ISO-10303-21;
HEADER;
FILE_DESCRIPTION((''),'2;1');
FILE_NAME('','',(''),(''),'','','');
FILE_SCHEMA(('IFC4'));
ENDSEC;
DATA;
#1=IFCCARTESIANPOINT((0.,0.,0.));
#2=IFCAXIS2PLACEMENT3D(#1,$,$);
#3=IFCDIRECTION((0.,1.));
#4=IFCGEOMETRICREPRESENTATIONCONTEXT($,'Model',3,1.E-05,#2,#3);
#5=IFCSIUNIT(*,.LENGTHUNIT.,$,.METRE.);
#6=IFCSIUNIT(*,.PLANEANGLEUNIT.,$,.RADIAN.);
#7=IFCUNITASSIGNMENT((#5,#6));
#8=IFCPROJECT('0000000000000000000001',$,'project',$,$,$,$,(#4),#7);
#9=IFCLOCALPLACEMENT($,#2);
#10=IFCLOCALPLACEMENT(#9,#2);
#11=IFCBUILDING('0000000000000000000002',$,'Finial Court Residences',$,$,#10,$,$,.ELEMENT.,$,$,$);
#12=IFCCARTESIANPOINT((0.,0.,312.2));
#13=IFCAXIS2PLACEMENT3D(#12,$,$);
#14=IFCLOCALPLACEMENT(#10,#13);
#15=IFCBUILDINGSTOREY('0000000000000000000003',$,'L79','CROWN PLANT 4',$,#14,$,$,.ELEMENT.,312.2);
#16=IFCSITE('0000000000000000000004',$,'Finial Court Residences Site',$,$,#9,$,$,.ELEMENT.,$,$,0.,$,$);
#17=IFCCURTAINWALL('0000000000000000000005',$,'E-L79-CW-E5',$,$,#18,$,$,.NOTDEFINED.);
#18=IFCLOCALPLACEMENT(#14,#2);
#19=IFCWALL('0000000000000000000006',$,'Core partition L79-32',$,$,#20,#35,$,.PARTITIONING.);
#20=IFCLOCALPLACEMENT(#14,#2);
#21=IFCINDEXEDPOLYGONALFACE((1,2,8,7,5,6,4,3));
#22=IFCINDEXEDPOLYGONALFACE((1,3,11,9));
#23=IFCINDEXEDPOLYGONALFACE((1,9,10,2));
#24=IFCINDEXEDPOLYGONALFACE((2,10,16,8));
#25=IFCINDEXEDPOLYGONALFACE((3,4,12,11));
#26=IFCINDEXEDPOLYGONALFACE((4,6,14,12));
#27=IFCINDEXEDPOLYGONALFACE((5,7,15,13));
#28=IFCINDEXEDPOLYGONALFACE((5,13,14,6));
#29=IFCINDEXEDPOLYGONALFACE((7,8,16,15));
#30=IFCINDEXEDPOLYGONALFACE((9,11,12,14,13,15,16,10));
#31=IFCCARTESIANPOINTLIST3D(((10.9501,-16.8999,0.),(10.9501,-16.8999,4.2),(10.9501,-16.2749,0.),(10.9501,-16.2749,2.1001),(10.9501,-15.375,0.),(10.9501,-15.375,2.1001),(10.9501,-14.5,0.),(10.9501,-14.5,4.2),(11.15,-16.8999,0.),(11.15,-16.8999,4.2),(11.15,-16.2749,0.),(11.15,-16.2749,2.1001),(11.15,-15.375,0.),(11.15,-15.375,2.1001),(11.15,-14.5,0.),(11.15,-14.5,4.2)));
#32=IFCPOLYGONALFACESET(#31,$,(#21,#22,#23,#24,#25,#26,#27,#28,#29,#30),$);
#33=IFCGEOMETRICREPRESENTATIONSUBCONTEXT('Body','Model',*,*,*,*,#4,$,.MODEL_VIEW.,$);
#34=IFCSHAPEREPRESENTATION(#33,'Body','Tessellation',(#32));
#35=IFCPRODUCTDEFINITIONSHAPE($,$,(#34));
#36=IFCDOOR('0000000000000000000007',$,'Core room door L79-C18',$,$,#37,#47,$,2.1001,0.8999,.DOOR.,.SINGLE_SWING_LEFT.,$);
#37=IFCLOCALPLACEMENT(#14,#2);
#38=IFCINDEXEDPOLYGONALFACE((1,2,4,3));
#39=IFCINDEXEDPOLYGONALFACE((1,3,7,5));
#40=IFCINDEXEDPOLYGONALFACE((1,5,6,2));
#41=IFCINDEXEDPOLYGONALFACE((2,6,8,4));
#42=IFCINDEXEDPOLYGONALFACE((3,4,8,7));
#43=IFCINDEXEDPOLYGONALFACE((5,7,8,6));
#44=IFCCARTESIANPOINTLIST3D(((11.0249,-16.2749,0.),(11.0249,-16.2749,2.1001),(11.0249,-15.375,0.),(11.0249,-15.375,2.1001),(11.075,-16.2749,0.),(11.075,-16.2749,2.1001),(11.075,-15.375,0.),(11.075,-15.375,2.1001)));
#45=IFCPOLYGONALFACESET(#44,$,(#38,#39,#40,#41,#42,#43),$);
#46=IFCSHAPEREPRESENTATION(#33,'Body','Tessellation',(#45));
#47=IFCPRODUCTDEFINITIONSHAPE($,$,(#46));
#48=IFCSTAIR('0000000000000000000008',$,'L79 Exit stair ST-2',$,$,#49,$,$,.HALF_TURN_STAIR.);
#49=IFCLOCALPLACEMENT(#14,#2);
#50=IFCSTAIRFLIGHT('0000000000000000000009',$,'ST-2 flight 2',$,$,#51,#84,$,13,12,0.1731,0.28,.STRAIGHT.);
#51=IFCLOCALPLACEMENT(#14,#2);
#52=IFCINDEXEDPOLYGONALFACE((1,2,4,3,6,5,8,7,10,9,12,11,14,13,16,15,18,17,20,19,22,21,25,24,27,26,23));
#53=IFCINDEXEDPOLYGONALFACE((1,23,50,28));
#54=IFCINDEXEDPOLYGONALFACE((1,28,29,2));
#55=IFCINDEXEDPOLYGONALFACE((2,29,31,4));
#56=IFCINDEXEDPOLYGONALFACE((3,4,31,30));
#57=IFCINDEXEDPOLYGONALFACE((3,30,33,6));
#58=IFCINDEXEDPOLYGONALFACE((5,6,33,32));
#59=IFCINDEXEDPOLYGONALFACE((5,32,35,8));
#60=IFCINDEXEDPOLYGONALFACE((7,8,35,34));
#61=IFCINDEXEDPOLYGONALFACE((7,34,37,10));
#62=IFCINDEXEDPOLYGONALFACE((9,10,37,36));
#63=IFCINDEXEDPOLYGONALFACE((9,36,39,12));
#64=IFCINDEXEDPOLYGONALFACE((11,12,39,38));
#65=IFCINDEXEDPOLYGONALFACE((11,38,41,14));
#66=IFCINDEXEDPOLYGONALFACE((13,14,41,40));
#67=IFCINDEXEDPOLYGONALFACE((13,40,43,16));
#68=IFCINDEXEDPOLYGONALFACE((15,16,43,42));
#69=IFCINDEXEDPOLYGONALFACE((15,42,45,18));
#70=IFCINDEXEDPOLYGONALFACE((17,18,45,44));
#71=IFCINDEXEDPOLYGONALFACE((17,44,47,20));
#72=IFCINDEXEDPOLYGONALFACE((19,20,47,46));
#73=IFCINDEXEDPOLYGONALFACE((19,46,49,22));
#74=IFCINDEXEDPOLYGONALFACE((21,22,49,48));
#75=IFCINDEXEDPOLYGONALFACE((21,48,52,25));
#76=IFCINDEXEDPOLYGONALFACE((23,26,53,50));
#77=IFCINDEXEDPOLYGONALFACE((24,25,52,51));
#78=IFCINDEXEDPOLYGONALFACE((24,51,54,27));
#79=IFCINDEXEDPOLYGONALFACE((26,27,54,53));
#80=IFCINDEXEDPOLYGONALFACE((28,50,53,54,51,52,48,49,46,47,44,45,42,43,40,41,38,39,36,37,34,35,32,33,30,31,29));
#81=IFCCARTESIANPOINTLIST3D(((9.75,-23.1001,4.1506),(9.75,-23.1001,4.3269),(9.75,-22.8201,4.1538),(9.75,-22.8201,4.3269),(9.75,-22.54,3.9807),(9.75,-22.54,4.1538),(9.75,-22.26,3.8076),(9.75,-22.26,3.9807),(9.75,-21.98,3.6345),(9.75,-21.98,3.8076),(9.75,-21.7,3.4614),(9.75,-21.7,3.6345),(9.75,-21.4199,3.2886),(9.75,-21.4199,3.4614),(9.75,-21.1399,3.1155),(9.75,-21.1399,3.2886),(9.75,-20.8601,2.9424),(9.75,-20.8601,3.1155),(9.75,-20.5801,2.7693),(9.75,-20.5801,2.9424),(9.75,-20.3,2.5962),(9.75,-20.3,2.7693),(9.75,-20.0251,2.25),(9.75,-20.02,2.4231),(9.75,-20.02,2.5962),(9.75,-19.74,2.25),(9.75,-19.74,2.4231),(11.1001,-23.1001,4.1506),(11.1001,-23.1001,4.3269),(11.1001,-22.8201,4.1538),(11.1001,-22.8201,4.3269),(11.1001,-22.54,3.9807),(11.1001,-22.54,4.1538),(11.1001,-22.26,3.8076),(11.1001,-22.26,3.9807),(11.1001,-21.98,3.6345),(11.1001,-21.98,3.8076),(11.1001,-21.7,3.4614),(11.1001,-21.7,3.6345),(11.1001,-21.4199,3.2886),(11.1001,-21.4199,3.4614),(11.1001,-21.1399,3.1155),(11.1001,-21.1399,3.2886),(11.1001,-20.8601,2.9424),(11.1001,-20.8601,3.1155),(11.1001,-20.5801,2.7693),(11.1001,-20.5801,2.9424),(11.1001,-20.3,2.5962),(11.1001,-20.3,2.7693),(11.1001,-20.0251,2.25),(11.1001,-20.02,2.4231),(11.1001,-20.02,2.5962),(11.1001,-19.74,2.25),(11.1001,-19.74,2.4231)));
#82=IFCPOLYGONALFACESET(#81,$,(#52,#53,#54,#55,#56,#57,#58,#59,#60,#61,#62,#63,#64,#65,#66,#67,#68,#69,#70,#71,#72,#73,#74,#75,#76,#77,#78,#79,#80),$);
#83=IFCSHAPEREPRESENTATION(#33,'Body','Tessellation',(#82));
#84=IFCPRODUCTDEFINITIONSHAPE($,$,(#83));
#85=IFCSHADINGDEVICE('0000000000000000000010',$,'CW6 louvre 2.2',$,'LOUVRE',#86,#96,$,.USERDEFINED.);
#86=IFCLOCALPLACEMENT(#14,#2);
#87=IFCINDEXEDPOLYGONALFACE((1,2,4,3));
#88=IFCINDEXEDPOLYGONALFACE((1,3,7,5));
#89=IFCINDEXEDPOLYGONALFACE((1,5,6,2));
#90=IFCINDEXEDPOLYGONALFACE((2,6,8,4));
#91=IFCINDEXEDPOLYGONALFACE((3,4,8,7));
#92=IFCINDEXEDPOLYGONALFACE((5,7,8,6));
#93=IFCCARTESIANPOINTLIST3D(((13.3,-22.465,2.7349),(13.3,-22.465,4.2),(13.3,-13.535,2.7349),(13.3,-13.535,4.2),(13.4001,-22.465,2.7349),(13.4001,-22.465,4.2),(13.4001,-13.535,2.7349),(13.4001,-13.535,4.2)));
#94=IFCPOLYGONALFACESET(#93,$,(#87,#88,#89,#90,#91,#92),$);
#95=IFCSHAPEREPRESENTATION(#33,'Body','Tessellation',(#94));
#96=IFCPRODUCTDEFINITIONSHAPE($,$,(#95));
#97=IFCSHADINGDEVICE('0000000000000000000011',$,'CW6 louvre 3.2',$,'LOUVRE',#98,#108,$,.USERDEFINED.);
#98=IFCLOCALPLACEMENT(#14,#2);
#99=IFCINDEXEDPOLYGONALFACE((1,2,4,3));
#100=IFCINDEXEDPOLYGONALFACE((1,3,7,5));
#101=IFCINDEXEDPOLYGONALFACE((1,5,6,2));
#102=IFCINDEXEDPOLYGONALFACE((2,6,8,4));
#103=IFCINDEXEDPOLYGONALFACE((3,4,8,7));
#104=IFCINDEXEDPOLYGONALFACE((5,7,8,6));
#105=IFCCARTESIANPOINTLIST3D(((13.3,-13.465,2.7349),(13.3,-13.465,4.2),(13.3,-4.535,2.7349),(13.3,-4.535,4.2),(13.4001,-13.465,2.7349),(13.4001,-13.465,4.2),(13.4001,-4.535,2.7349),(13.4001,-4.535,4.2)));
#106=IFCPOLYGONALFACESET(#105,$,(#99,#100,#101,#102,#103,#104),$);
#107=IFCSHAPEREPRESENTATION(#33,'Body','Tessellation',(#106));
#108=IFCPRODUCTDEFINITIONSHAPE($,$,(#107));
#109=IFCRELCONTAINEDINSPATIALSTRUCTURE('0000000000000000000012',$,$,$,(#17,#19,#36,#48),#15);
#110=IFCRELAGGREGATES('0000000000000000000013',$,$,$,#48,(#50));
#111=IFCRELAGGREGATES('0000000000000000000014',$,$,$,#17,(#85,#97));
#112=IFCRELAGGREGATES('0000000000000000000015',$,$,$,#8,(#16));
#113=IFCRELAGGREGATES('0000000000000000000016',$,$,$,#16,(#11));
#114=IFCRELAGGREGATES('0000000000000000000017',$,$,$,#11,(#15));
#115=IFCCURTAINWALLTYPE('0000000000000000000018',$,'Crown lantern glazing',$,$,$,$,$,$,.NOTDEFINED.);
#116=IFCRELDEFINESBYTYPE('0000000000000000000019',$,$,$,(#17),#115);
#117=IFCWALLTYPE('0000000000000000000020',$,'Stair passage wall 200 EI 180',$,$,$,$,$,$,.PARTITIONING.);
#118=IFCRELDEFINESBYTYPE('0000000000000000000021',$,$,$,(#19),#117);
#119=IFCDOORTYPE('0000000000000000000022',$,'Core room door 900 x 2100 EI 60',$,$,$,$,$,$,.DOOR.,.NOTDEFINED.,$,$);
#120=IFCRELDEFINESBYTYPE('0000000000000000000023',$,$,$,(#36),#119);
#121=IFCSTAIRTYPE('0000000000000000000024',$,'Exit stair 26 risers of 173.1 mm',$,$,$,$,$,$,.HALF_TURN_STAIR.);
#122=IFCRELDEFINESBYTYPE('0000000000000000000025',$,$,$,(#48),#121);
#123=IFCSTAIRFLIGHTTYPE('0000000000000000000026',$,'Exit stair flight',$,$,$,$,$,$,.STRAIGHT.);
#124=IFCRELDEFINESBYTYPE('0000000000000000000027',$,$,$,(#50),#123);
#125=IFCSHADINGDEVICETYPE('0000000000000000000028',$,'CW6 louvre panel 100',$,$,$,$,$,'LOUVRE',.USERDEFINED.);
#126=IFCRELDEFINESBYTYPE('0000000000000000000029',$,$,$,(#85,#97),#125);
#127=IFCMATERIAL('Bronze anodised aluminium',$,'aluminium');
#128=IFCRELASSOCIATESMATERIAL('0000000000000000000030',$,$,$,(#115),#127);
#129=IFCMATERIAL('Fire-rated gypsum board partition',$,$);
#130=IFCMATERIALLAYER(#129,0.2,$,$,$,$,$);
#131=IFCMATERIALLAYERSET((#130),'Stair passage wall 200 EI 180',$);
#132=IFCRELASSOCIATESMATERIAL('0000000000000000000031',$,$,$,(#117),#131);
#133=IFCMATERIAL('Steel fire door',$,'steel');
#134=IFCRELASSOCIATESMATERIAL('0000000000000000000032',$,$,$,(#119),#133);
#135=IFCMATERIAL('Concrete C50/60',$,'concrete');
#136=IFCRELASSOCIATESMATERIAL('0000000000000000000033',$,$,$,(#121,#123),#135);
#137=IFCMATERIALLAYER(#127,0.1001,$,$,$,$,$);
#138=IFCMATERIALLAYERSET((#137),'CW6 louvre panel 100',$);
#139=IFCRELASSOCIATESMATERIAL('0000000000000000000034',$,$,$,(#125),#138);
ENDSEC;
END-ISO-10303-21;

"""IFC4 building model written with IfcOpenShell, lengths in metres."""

from ifc_helpers import new_model, si_unit, direction, frame, frame_2d, origin, origin_2d, place, context, subcontext, project, spatial, polyline, rectangle, outline, extrude, material, layer, layer_set, type_object, element, fill, aggregate, save


model = new_model("IFC4")

# Units and contexts
model_context = context("Model", 3, precision=1e-05, world=origin(), true_north=direction((0.0, 1.0)))
body_context = subcontext(model_context, "Body", "Model", "MODEL_VIEW")
ifc_project = project(units=[si_unit("LENGTHUNIT", "METRE"), si_unit("PLANEANGLEUNIT", "RADIAN")], contexts=[model_context])

# Site, building, storey
site_placement = place(None, origin())
site = spatial("IfcSite", under=ifc_project, at=site_placement, Name="Finial Court Residences Site", CompositionType="ELEMENT", RefElevation=0.0)
building_placement = place(site_placement, origin())
building = spatial("IfcBuilding", under=site, at=building_placement, Name="Finial Court Residences", CompositionType="ELEMENT")
storey_placement = place(building_placement, frame((0.0, 0.0, 312.2)))
storey = spatial("IfcBuildingStorey", under=building, at=storey_placement, Name="L79", Description="CROWN PLANT 4", CompositionType="ELEMENT", Elevation=312.2)

# Curtain wall
ifc_material_1 = material(Name="Bronze anodised aluminium", Category="aluminium")
curtain_wall_type = type_object("IfcCurtainWallType", Name="Crown lantern glazing", PredefinedType="NOTDEFINED", material=ifc_material_1)
curtain_wall_placement = place(storey_placement, origin())
curtain_wall = element("IfcCurtainWall", 1, at=curtain_wall_placement, inside=storey, type_object=curtain_wall_type, Name="E-L79-CW-E5", PredefinedType="NOTDEFINED")

# Shared definitions
ifc_material_2 = material(Name="Fire-rated gypsum board partition")
ifc_material_3 = material(Name="Steel fire door", Category="steel")

# Shared definitions
ifc_material_4 = material(Name="Concrete C50/60", Category="concrete")

# Wall, opening, door
ifc_layer_1 = layer(ifc_material_2, 0.2)
ifc_layer_set_1 = layer_set([ifc_layer_1], Name="Stair passage wall 200 EI 180")
wall_type_1 = type_object("IfcWallType", Name="Stair passage wall 200 EI 180", PredefinedType="PARTITIONING", material=ifc_layer_set_1)
wall_1_placement = place(storey_placement, frame((11.05, -14.5, 0.0), z_axis=(0.0, 0.0, 1.0), x_axis=(0.0, -1.0, 0.0)))
wall_1 = element("IfcWall", 2, at=wall_1_placement, inside=storey, type_object=wall_type_1, Name="Core partition L79-32", PredefinedType="PARTITIONING", context=body_context, shape_type="SweptSolid", body=[
    extrude(rectangle(XDim=2.3999, YDim=0.2, at=frame_2d((1.2, 0.0))), origin(), (0.0, 0.0, 1.0), 4.2),
])
opening_1_placement = place(wall_1_placement, frame((0.875, 0.0, 0.0)))
opening_1 = element("IfcOpeningElement", 3, at=opening_1_placement, cuts=wall_1, PredefinedType="OPENING", context=body_context, shape_type="SweptSolid", body=[
    extrude(rectangle(XDim=0.8999, YDim=2.1001, at=frame_2d((0.45, 1.05))), frame((0.0, 0.1099, 0.0), z_axis=(0.0, -1.0, 0.0), x_axis=(1.0, 0.0, 0.0)), (0.0, 0.0, 1.0), 0.22),
])
door_type_1 = type_object("IfcDoorType", Name="Core room door 900 x 2100 EI 60", OperationType="NOTDEFINED", PredefinedType="DOOR", material=ifc_material_3)
door_1_placement = place(opening_1_placement, origin())
door_1 = element("IfcDoor", 4, at=door_1_placement, inside=storey, type_object=door_type_1, Name="Core room door L79-C18", OperationType="SINGLE_SWING_LEFT", OverallHeight=2.1001, OverallWidth=0.8999, PredefinedType="DOOR", context=body_context, shape_type="SweptSolid", body=[
    extrude(rectangle(XDim=0.8999, YDim=2.1001, at=frame_2d((0.45, 1.05))), frame((0.0, 0.0249, 0.0), z_axis=(0.0, -1.0, 0.0), x_axis=(1.0, 0.0, 0.0)), (0.0, 0.0, 1.0), 0.05),
])
fill(opening_1, door_1)

# Stair, stair flight
stair_type = type_object("IfcStairType", Name="Exit stair 26 risers of 173.1 mm", PredefinedType="HALF_TURN_STAIR", material=ifc_material_4)
stair_placement = place(storey_placement, origin())
stair = element("IfcStair", 5, at=stair_placement, inside=storey, type_object=stair_type, Name="L79 Exit stair ST-2", PredefinedType="HALF_TURN_STAIR")
stair_flight_type = type_object("IfcStairFlightType", Name="Exit stair flight", PredefinedType="STRAIGHT", material=ifc_material_4)
stair_flight_placement = place(storey_placement, frame((10.425, -19.74, 2.25), z_axis=(0.0, 0.0, 1.0), x_axis=(0.0, -1.0, 0.0)))
stair_flight = element("IfcStairFlight", 6, at=stair_flight_placement, type_object=stair_flight_type, Name="ST-2 flight 2", NumberOfRisers=13, NumberOfTreads=12, PredefinedType="STRAIGHT", RiserHeight=0.1731, TreadLength=0.28, context=body_context, shape_type="SweptSolid", body=[
    extrude(outline(polyline([(0.0, 0.0), (0.0, 0.1731), (0.28, 0.1731), (0.28, 0.3462), (0.5601, 0.3462), (0.5601, 0.5193), (0.8401, 0.5193), (0.8401, 0.6924), (1.1201, 0.6924), (1.1201, 0.8655), (1.3999, 0.8655), (1.3999, 1.0386), (1.6799, 1.0386), (1.6799, 1.2114), (1.96, 1.2114), (1.96, 1.3845), (2.24, 1.3845), (2.24, 1.5576), (2.52, 1.5576), (2.52, 1.7307), (2.8, 1.7307), (2.8, 1.9038), (3.0801, 1.9038), (3.0801, 2.0769), (3.3601, 2.0769), (3.3601, 2.25), (3.3601, 1.9006), (0.2852, 0.0), (0.0, 0.0)])), frame((0.0, 0.675, 0.0), z_axis=(0.0, -1.0, 0.0), x_axis=(1.0, 0.0, 0.0)), (0.0, 0.0, 1.0), 1.3501),
])
aggregate(stair, [stair_flight])

# Shading devices
ifc_layer_2 = layer(ifc_material_1, 0.1001)
ifc_layer_set_2 = layer_set([ifc_layer_2], Name="CW6 louvre panel 100")
shading_device_type = type_object("IfcShadingDeviceType", Name="CW6 louvre panel 100", ElementType="LOUVRE", PredefinedType="USERDEFINED", material=ifc_layer_set_2)
shading_device_1_placement = place(storey_placement, frame((13.3501, -18.0, 2.7349), z_axis=(0.0, 0.0, 1.0), x_axis=(0.0, 1.0, 0.0)))
shading_device_1 = element("IfcShadingDevice", 7, at=shading_device_1_placement, type_object=shading_device_type, Name="CW6 louvre 2.2", ObjectType="LOUVRE", PredefinedType="USERDEFINED", context=body_context, shape_type="SweptSolid", body=[
    extrude(rectangle(XDim=8.9299, YDim=0.1001, at=origin_2d()), origin(), (0.0, 0.0, 1.0), 1.4651),
])
shading_device_2_placement = place(storey_placement, frame((13.3501, -9.0, 2.7349), z_axis=(0.0, 0.0, 1.0), x_axis=(0.0, 1.0, 0.0)))
shading_device_2 = element("IfcShadingDevice", 8, at=shading_device_2_placement, type_object=shading_device_type, Name="CW6 louvre 3.2", ObjectType="LOUVRE", PredefinedType="USERDEFINED", context=body_context, shape_type="SweptSolid", body=[
    extrude(rectangle(XDim=8.9299, YDim=0.1001, at=origin_2d()), origin(), (0.0, 0.0, 1.0), 1.4651),
])
aggregate(curtain_wall, [shading_device_1, shading_device_2])

save(model, "model.ifc")
